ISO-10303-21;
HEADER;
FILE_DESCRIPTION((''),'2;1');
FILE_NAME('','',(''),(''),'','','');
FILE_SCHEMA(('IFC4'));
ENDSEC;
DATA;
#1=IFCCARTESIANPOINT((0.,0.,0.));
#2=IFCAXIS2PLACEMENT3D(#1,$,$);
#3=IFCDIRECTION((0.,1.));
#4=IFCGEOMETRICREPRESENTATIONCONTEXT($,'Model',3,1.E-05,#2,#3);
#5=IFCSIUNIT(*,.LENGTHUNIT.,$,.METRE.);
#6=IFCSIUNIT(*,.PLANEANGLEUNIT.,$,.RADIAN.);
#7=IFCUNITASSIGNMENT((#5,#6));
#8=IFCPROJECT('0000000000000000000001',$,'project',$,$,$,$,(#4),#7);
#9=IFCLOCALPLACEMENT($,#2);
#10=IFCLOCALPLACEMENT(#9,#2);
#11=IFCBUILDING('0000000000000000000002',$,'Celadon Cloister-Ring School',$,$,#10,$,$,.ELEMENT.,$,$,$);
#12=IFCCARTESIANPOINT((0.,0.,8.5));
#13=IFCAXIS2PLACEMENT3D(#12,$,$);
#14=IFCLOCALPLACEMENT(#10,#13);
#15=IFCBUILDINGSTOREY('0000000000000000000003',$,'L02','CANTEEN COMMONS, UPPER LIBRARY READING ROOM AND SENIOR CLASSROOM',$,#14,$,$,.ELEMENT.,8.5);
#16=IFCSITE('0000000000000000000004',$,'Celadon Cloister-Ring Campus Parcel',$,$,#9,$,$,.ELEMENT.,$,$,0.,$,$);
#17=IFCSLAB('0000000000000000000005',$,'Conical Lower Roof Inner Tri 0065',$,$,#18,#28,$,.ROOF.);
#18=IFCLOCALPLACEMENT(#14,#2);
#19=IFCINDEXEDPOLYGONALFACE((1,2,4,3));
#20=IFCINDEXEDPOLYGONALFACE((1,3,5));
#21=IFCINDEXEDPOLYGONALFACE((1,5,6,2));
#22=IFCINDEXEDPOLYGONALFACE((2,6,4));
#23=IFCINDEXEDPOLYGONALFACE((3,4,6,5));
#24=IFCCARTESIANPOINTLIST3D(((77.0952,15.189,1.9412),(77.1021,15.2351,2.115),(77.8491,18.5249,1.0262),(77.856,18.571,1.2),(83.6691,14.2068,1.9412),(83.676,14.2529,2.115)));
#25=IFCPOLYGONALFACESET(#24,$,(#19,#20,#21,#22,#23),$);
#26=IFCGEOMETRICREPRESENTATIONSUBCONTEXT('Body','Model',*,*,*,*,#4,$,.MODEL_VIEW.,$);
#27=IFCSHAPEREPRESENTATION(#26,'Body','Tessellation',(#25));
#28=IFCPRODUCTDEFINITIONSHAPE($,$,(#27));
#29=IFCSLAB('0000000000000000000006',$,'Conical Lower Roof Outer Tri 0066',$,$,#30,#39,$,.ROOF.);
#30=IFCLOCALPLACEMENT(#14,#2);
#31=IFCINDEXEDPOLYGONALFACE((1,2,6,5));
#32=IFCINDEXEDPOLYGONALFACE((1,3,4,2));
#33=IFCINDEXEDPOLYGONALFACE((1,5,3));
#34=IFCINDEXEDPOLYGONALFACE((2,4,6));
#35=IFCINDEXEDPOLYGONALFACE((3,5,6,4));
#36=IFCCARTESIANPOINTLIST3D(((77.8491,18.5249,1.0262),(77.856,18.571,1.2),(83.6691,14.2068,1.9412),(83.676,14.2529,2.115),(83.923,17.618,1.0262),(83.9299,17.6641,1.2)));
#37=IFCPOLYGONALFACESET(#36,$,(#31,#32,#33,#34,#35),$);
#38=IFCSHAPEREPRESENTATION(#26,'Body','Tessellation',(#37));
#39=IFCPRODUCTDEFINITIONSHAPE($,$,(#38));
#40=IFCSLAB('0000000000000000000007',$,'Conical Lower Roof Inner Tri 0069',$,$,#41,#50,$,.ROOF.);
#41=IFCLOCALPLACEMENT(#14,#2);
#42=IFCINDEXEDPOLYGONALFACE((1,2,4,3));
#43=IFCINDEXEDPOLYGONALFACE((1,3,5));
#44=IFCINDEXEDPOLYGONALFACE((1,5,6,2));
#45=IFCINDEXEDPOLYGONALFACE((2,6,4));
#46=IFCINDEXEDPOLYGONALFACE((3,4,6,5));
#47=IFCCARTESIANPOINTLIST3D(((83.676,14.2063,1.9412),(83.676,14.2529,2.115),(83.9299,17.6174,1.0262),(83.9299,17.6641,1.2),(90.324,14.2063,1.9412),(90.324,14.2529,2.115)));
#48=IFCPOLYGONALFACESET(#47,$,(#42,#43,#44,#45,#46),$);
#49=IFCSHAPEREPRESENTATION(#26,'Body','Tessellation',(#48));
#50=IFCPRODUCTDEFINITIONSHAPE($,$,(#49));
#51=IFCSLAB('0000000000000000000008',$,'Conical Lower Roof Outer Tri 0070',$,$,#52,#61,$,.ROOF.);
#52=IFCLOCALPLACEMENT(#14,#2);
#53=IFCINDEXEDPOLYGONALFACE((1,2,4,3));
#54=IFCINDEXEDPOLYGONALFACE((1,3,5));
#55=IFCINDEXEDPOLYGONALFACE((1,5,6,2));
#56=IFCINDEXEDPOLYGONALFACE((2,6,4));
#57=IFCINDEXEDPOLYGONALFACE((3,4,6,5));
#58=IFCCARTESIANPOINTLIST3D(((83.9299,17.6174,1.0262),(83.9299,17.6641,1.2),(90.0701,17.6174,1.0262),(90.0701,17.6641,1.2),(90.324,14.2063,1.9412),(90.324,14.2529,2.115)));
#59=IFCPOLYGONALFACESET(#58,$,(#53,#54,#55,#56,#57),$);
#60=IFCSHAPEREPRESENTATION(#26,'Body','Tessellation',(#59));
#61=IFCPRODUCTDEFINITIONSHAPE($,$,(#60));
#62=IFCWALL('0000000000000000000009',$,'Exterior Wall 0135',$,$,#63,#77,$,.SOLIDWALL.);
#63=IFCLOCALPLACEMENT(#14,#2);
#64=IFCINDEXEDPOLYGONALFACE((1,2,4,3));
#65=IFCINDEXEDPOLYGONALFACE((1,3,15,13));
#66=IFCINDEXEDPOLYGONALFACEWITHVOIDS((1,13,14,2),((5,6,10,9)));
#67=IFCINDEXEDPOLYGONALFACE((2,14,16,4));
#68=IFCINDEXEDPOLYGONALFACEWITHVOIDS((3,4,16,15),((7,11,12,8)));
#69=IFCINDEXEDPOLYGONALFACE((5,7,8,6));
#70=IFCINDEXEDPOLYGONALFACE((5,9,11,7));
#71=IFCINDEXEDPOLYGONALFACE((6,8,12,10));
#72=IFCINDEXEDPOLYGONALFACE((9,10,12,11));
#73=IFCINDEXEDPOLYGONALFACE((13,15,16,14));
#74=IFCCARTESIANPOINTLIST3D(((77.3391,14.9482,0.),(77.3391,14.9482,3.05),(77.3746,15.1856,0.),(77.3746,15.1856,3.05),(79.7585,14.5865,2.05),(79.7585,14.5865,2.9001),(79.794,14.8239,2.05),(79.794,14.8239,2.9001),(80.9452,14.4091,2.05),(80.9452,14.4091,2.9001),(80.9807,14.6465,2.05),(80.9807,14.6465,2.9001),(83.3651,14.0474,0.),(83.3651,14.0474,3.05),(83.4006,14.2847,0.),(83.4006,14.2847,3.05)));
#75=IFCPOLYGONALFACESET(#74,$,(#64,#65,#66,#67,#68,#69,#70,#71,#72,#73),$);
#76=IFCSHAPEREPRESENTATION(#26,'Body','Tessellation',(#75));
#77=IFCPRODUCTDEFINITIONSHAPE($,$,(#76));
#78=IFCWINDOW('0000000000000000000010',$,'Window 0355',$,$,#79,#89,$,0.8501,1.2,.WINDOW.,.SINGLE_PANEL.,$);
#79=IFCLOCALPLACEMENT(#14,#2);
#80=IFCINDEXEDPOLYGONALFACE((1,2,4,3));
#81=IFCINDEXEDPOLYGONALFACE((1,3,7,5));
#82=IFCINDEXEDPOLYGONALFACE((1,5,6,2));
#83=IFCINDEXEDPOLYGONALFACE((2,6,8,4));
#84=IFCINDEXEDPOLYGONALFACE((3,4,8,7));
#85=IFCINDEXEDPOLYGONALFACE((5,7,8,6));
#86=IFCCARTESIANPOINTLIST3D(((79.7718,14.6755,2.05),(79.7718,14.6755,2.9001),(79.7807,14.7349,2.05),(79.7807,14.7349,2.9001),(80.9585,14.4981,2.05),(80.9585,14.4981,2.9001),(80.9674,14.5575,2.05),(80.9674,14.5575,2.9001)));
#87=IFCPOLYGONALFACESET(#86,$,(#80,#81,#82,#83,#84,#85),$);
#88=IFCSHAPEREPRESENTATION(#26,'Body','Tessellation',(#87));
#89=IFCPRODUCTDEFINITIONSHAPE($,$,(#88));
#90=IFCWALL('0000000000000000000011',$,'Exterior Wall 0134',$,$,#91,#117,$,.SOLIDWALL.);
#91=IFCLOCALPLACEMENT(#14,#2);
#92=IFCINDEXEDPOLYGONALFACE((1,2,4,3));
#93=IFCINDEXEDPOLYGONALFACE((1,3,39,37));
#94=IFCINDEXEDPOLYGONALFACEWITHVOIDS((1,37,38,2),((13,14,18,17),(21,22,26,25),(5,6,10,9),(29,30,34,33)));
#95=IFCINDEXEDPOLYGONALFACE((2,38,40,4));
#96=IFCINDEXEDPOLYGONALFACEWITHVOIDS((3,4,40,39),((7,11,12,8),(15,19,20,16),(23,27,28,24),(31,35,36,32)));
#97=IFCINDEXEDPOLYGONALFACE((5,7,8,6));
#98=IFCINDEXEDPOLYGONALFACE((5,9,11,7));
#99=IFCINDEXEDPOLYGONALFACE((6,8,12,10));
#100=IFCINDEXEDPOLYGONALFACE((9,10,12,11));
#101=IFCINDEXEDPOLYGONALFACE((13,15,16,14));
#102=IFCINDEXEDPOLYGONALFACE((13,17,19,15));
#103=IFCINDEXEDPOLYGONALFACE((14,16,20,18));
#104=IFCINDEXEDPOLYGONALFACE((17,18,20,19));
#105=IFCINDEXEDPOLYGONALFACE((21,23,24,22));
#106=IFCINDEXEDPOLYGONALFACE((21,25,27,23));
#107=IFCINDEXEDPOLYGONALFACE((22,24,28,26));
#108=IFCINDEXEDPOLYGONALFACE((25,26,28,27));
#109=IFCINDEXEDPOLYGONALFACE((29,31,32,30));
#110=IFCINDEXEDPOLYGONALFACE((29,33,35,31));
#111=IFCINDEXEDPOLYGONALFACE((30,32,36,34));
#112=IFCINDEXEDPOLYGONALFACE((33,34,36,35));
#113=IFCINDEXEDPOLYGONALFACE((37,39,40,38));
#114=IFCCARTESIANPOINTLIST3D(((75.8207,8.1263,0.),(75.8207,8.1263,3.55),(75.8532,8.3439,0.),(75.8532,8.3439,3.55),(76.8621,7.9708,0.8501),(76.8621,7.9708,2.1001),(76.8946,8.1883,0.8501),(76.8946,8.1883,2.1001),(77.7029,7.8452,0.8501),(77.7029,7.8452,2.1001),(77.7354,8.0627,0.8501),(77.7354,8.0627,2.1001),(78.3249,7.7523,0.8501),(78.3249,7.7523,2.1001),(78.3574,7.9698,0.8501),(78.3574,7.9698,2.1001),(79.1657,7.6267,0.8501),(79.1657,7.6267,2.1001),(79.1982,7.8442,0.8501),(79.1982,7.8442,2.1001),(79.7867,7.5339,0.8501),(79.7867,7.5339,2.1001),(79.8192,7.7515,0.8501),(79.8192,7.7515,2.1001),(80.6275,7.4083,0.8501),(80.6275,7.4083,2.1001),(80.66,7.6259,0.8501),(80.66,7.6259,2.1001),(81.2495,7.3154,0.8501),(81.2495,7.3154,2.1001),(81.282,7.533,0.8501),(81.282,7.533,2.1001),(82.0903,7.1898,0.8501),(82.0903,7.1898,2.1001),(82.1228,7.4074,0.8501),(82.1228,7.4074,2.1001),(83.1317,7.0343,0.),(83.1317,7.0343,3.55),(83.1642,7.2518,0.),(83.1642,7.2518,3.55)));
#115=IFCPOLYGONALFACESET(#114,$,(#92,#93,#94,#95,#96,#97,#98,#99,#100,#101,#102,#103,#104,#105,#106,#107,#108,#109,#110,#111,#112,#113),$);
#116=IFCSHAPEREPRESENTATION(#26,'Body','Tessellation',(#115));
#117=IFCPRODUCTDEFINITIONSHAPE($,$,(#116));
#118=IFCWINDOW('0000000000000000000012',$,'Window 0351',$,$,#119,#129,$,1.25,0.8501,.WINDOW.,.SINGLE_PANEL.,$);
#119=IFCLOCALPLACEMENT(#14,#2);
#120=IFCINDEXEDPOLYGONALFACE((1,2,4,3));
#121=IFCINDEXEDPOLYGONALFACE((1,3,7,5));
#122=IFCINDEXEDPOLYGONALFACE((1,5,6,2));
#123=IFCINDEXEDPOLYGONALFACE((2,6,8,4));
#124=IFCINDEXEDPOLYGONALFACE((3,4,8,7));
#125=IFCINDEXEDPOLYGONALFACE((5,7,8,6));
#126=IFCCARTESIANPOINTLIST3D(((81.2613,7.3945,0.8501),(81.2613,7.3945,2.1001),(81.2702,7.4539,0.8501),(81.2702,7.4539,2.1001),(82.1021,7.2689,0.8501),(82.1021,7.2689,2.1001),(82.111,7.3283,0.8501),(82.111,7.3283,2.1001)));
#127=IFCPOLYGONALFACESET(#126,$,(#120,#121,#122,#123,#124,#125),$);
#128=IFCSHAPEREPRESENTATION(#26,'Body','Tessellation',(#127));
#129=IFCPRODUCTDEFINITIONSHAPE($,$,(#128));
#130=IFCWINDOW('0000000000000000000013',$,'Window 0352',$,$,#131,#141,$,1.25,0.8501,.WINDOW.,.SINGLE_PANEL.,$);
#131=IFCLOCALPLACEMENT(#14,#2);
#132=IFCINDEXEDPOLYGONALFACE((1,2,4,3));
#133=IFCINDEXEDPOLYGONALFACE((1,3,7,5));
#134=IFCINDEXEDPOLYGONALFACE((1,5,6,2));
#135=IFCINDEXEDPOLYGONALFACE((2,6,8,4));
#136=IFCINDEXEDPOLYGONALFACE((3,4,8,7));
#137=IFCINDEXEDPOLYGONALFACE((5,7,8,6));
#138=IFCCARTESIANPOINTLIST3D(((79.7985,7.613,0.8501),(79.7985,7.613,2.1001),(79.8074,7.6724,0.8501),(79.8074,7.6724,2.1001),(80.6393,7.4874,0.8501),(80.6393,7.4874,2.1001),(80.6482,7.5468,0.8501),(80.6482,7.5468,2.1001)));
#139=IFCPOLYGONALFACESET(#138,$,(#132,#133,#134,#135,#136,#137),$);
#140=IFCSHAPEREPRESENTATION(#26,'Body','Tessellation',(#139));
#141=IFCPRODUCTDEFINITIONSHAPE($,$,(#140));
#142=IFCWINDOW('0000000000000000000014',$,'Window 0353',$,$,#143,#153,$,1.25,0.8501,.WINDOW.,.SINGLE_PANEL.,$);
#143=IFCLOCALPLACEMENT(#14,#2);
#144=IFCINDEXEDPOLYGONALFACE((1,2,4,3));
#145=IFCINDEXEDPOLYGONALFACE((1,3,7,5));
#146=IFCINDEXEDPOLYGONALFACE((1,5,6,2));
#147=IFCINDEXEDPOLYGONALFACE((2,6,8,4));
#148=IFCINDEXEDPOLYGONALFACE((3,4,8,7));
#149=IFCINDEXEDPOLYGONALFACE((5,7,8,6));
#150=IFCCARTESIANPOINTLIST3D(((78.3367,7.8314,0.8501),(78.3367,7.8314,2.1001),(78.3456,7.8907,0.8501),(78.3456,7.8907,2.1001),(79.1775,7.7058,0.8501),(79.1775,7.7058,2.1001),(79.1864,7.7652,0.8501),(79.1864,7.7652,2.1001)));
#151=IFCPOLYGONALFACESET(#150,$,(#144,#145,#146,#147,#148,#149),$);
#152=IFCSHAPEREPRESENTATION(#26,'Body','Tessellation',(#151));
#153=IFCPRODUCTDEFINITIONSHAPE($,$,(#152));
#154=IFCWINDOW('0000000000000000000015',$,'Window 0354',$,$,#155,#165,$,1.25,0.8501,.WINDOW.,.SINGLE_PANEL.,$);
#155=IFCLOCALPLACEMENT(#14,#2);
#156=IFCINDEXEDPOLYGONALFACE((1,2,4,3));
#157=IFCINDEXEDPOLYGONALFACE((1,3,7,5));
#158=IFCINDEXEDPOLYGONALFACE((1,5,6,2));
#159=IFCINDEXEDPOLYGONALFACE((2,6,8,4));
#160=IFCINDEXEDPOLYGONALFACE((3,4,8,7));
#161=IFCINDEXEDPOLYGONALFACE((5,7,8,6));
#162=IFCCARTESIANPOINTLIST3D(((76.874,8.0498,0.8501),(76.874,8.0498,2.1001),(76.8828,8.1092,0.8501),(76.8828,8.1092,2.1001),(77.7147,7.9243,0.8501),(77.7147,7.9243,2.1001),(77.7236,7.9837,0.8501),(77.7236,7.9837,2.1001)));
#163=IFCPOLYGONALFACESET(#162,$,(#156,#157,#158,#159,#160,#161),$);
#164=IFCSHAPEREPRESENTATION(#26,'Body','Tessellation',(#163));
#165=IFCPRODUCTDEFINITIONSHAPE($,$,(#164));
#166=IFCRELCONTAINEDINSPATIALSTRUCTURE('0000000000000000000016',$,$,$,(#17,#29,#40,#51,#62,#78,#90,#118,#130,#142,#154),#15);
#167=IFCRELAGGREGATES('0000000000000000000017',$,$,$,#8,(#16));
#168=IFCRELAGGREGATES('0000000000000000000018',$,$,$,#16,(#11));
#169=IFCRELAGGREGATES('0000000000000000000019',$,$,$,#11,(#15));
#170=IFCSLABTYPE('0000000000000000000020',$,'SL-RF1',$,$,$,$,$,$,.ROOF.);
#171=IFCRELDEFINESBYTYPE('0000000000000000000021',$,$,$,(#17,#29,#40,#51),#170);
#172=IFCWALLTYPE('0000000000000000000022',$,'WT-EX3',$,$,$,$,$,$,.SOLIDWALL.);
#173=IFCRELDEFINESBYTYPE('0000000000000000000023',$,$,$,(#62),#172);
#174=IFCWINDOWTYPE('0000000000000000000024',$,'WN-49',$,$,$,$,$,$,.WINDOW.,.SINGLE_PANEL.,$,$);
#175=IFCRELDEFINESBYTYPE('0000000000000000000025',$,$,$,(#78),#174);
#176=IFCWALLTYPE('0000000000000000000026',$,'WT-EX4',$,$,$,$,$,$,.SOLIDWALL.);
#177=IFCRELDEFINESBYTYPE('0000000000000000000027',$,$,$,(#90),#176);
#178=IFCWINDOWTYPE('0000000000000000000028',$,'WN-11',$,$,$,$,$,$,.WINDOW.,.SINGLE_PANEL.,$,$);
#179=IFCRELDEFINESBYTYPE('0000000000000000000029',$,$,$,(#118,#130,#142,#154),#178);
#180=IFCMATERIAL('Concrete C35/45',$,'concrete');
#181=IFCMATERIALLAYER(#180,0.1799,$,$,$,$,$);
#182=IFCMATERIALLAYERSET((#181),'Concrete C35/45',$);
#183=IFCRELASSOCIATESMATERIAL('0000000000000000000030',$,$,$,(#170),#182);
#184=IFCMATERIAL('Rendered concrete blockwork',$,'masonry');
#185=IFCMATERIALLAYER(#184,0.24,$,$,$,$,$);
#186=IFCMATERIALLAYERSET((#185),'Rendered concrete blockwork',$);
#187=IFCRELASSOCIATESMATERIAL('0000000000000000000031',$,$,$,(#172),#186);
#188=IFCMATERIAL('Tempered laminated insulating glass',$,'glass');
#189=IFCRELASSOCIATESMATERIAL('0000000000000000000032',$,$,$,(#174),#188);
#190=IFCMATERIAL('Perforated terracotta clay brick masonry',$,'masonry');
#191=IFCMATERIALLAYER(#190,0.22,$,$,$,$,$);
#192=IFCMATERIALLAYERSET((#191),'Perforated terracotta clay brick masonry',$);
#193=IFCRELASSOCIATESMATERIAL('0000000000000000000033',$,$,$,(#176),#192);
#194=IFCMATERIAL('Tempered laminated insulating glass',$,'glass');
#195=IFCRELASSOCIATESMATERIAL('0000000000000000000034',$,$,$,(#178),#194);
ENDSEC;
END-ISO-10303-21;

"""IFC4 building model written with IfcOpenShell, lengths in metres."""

from ifc_helpers import new_model, si_unit, direction, frame, frame_2d, origin, place, context, subcontext, project, spatial, polyline, rectangle, outline, extrude, material, layer, layer_set, type_object, element, fill, save


model = new_model("IFC4")

# Units and contexts
model_context = context("Model", 3, precision=1e-05, world=origin(), true_north=direction((0.0, 1.0)))
body_context = subcontext(model_context, "Body", "Model", "MODEL_VIEW")
ifc_project = project(units=[si_unit("LENGTHUNIT", "METRE"), si_unit("PLANEANGLEUNIT", "RADIAN")], contexts=[model_context])

# Site, building, storey
site_placement = place(None, origin())
site = spatial("IfcSite", under=ifc_project, at=site_placement, Name="Celadon Cloister-Ring Campus Parcel", CompositionType="ELEMENT", RefElevation=0.0)
building_placement = place(site_placement, origin())
building = spatial("IfcBuilding", under=site, at=building_placement, Name="Celadon Cloister-Ring School", CompositionType="ELEMENT")
storey_placement = place(building_placement, frame((0.0, 0.0, 8.5)))
storey = spatial("IfcBuildingStorey", under=building, at=storey_placement, Name="L02", Description="CANTEEN COMMONS, UPPER LIBRARY READING ROOM AND SENIOR CLASSROOM", CompositionType="ELEMENT", Elevation=8.5)

# Slabs
ifc_material_1 = material(Name="Concrete C35/45", Category="concrete")
ifc_layer_1 = layer(ifc_material_1, 0.1799)
ifc_layer_set_1 = layer_set([ifc_layer_1], Name="Concrete C35/45")
slab_type = type_object("IfcSlabType", Name="SL-RF1", PredefinedType="ROOF", material=ifc_layer_set_1)
slab_1_placement = place(storey_placement, frame((77.856, 18.571, 1.2), z_axis=(0.038289, 0.256276, 0.965845), x_axis=(-0.212946, -0.942259, 0.258459)))
element("IfcSlab", 1, at=slab_1_placement, inside=storey, type_object=slab_type, Name="Conical Lower Roof Inner Tri 0065", PredefinedType="ROOF", context=body_context, shape_type="SweptSolid", body=[
    extrude(outline(polyline([(0.0, 0.0), (3.5404, 0.0), (3.0659, 6.63), (0.0, 0.0)])), origin(), (0.0, 0.0, -1.0), 0.1799),
])
slab_2_placement = place(storey_placement, frame((77.856, 18.571, 1.2), z_axis=(0.038263, 0.256243, 0.965855), x_axis=(0.796772, -0.591153, 0.12527)))
element("IfcSlab", 2, at=slab_2_placement, inside=storey, type_object=slab_type, Name="Conical Lower Roof Outer Tri 0066", PredefinedType="ROOF", context=body_context, shape_type="SweptSolid", body=[
    extrude(outline(polyline([(0.0, 0.0), (7.3046, 0.0), (5.3757, 2.9694), (0.0, 0.0)])), origin(), (0.0, 0.0, -1.0), 0.1799),
])
slab_3_placement = place(storey_placement, frame((83.9299, 17.6641, 1.2), z_axis=(0.0, 0.259091, 0.965853), x_axis=(-0.071708, -0.963367, 0.258424)))
element("IfcSlab", 3, at=slab_3_placement, inside=storey, type_object=slab_type, Name="Conical Lower Roof Inner Tri 0069", PredefinedType="ROOF", context=body_context, shape_type="SweptSolid", body=[
    extrude(outline(polyline([(0.0, 0.0), (3.5408, 0.0), (3.0641, 6.6308), (0.0, 0.0)])), origin(), (0.0, 0.0, -1.0), 0.1799),
])
slab_4_placement = place(storey_placement, frame((83.9299, 17.6641, 1.2), z_axis=(0.0, 0.259091, 0.965853), x_axis=(0.875347, -0.466985, 0.125269)))
element("IfcSlab", 4, at=slab_4_placement, inside=storey, type_object=slab_type, Name="Conical Lower Roof Outer Tri 0070", PredefinedType="ROOF", context=body_context, shape_type="SweptSolid", body=[
    extrude(outline(polyline([(0.0, 0.0), (7.3046, 0.0), (5.3747, 2.9687), (0.0, 0.0)])), origin(), (0.0, 0.0, -1.0), 0.1799),
])

# Wall, opening, window
ifc_material_2 = material(Name="Rendered concrete blockwork", Category="masonry")
ifc_layer_2 = layer(ifc_material_2, 0.24)
ifc_layer_set_2 = layer_set([ifc_layer_2], Name="Rendered concrete blockwork")
wall_type_1 = type_object("IfcWallType", Name="WT-EX3", PredefinedType="SOLIDWALL", material=ifc_layer_set_2)
wall_1_placement = place(storey_placement, frame((77.3569, 15.0669, 0.0), z_axis=(0.0, 0.0, 1.0), x_axis=(0.989009, -0.147853, 0.0)))
wall_1 = element("IfcWall", 5, at=wall_1_placement, inside=storey, type_object=wall_type_1, Name="Exterior Wall 0135", PredefinedType="SOLIDWALL", context=body_context, shape_type="SweptSolid", body=[
    extrude(rectangle(XDim=6.093, YDim=0.24, at=frame_2d((3.0464, 0.0))), origin(), (0.0, 0.0, 1.0), 3.05),
])
opening_1_placement = place(wall_1_placement, frame((2.446, 0.0, 2.05)))
opening_1 = element("IfcOpeningElement", 6, at=opening_1_placement, cuts=wall_1, PredefinedType="OPENING", context=body_context, shape_type="SweptSolid", body=[
    extrude(rectangle(XDim=1.2, YDim=0.8501, at=frame_2d((0.6001, 0.425))), frame((0.0, 0.1299, 0.0), z_axis=(0.0, -1.0, 0.0), x_axis=(1.0, 0.0, 0.0)), (0.0, 0.0, 1.0), 0.26),
])
ifc_material_3 = material(Name="Tempered laminated insulating glass", Category="glass")
window_type_1 = type_object("IfcWindowType", Name="WN-49", PartitioningType="SINGLE_PANEL", PredefinedType="WINDOW", material=ifc_material_3)
window_1_placement = place(opening_1_placement, origin())
window_1 = element("IfcWindow", 7, at=window_1_placement, inside=storey, type_object=window_type_1, Name="Window 0355", OverallHeight=0.8501, OverallWidth=1.2, PartitioningType="SINGLE_PANEL", PredefinedType="WINDOW", context=body_context, shape_type="SweptSolid", body=[
    extrude(rectangle(XDim=1.2, YDim=0.8501, at=frame_2d((0.6001, 0.425))), frame((0.0, 0.03, 0.0), z_axis=(0.0, -1.0, 0.0), x_axis=(1.0, 0.0, 0.0)), (0.0, 0.0, 1.0), 0.0601),
])
fill(opening_1, window_1)

# Wall, openings, windows
ifc_material_4 = material(Name="Perforated terracotta clay brick masonry", Category="masonry")
ifc_layer_3 = layer(ifc_material_4, 0.22)
ifc_layer_set_3 = layer_set([ifc_layer_3], Name="Perforated terracotta clay brick masonry")
wall_type_2 = type_object("IfcWallType", Name="WT-EX4", PredefinedType="SOLIDWALL", material=ifc_layer_set_3)
wall_2_placement = place(storey_placement, frame((83.1479, 7.1431, 0.0), z_axis=(0.0, 0.0, 1.0), x_axis=(-0.989028, 0.14773, 0.0)))
wall_2 = element("IfcWall", 8, at=wall_2_placement, inside=storey, type_object=wall_type_2, Name="Exterior Wall 0134", PredefinedType="SOLIDWALL", context=body_context, shape_type="SweptSolid", body=[
    extrude(rectangle(XDim=7.3921, YDim=0.22, at=frame_2d((3.696, 0.0))), origin(), (0.0, 0.0, 1.0), 3.55),
])
opening_2_placement = place(wall_2_placement, frame((1.053, 0.0, 0.8501)))
opening_2 = element("IfcOpeningElement", 9, at=opening_2_placement, cuts=wall_2, PredefinedType="OPENING", context=body_context, shape_type="SweptSolid", body=[
    extrude(rectangle(XDim=0.8501, YDim=1.25, at=frame_2d((0.425, 0.625))), frame((0.0, 0.1201, 0.0), z_axis=(0.0, -1.0, 0.0), x_axis=(1.0, 0.0, 0.0)), (0.0, 0.0, 1.0), 0.24),
])
opening_3_placement = place(wall_2_placement, frame((2.532, 0.0, 0.8501)))
opening_3 = element("IfcOpeningElement", 10, at=opening_3_placement, cuts=wall_2, PredefinedType="OPENING", context=body_context, shape_type="SweptSolid", body=[
    extrude(rectangle(XDim=0.8501, YDim=1.25, at=frame_2d((0.425, 0.625))), frame((0.0, 0.1201, 0.0), z_axis=(0.0, -1.0, 0.0), x_axis=(1.0, 0.0, 0.0)), (0.0, 0.0, 1.0), 0.24),
])
opening_4_placement = place(wall_2_placement, frame((4.01, 0.0, 0.8501)))
opening_4 = element("IfcOpeningElement", 11, at=opening_4_placement, cuts=wall_2, PredefinedType="OPENING", context=body_context, shape_type="SweptSolid", body=[
    extrude(rectangle(XDim=0.8501, YDim=1.25, at=frame_2d((0.425, 0.625))), frame((0.0, 0.1201, 0.0), z_axis=(0.0, -1.0, 0.0), x_axis=(1.0, 0.0, 0.0)), (0.0, 0.0, 1.0), 0.24),
])
opening_5_placement = place(wall_2_placement, frame((5.489, 0.0, 0.8501)))
opening_5 = element("IfcOpeningElement", 12, at=opening_5_placement, cuts=wall_2, PredefinedType="OPENING", context=body_context, shape_type="SweptSolid", body=[
    extrude(rectangle(XDim=0.8501, YDim=1.25, at=frame_2d((0.425, 0.625))), frame((0.0, 0.1201, 0.0), z_axis=(0.0, -1.0, 0.0), x_axis=(1.0, 0.0, 0.0)), (0.0, 0.0, 1.0), 0.24),
])
ifc_material_5 = material(Name="Tempered laminated insulating glass", Category="glass")
window_type_2 = type_object("IfcWindowType", Name="WN-11", PartitioningType="SINGLE_PANEL", PredefinedType="WINDOW", material=ifc_material_5)
window_2_placement = place(opening_2_placement, origin())
window_2 = element("IfcWindow", 13, at=window_2_placement, inside=storey, type_object=window_type_2, Name="Window 0351", OverallHeight=1.25, OverallWidth=0.8501, PartitioningType="SINGLE_PANEL", PredefinedType="WINDOW", context=body_context, shape_type="SweptSolid", body=[
    extrude(rectangle(XDim=0.8501, YDim=1.25, at=frame_2d((0.425, 0.625))), frame((0.0, 0.03, 0.0), z_axis=(0.0, -1.0, 0.0), x_axis=(1.0, 0.0, 0.0)), (0.0, 0.0, 1.0), 0.0601),
])
fill(opening_2, window_2)
window_3_placement = place(opening_3_placement, origin())
window_3 = element("IfcWindow", 14, at=window_3_placement, inside=storey, type_object=window_type_2, Name="Window 0352", OverallHeight=1.25, OverallWidth=0.8501, PartitioningType="SINGLE_PANEL", PredefinedType="WINDOW", context=body_context, shape_type="SweptSolid", body=[
    extrude(rectangle(XDim=0.8501, YDim=1.25, at=frame_2d((0.425, 0.625))), frame((0.0, 0.03, 0.0), z_axis=(0.0, -1.0, 0.0), x_axis=(1.0, 0.0, 0.0)), (0.0, 0.0, 1.0), 0.0601),
])
fill(opening_3, window_3)
window_4_placement = place(opening_4_placement, origin())
window_4 = element("IfcWindow", 15, at=window_4_placement, inside=storey, type_object=window_type_2, Name="Window 0353", OverallHeight=1.25, OverallWidth=0.8501, PartitioningType="SINGLE_PANEL", PredefinedType="WINDOW", context=body_context, shape_type="SweptSolid", body=[
    extrude(rectangle(XDim=0.8501, YDim=1.25, at=frame_2d((0.425, 0.625))), frame((0.0, 0.03, 0.0), z_axis=(0.0, -1.0, 0.0), x_axis=(1.0, 0.0, 0.0)), (0.0, 0.0, 1.0), 0.0601),
])
fill(opening_4, window_4)
window_5_placement = place(opening_5_placement, origin())
window_5 = element("IfcWindow", 16, at=window_5_placement, inside=storey, type_object=window_type_2, Name="Window 0354", OverallHeight=1.25, OverallWidth=0.8501, PartitioningType="SINGLE_PANEL", PredefinedType="WINDOW", context=body_context, shape_type="SweptSolid", body=[
    extrude(rectangle(XDim=0.8501, YDim=1.25, at=frame_2d((0.425, 0.625))), frame((0.0, 0.03, 0.0), z_axis=(0.0, -1.0, 0.0), x_axis=(1.0, 0.0, 0.0)), (0.0, 0.0, 1.0), 0.0601),
])
fill(opening_5, window_5)

save(model, "model.ifc")
